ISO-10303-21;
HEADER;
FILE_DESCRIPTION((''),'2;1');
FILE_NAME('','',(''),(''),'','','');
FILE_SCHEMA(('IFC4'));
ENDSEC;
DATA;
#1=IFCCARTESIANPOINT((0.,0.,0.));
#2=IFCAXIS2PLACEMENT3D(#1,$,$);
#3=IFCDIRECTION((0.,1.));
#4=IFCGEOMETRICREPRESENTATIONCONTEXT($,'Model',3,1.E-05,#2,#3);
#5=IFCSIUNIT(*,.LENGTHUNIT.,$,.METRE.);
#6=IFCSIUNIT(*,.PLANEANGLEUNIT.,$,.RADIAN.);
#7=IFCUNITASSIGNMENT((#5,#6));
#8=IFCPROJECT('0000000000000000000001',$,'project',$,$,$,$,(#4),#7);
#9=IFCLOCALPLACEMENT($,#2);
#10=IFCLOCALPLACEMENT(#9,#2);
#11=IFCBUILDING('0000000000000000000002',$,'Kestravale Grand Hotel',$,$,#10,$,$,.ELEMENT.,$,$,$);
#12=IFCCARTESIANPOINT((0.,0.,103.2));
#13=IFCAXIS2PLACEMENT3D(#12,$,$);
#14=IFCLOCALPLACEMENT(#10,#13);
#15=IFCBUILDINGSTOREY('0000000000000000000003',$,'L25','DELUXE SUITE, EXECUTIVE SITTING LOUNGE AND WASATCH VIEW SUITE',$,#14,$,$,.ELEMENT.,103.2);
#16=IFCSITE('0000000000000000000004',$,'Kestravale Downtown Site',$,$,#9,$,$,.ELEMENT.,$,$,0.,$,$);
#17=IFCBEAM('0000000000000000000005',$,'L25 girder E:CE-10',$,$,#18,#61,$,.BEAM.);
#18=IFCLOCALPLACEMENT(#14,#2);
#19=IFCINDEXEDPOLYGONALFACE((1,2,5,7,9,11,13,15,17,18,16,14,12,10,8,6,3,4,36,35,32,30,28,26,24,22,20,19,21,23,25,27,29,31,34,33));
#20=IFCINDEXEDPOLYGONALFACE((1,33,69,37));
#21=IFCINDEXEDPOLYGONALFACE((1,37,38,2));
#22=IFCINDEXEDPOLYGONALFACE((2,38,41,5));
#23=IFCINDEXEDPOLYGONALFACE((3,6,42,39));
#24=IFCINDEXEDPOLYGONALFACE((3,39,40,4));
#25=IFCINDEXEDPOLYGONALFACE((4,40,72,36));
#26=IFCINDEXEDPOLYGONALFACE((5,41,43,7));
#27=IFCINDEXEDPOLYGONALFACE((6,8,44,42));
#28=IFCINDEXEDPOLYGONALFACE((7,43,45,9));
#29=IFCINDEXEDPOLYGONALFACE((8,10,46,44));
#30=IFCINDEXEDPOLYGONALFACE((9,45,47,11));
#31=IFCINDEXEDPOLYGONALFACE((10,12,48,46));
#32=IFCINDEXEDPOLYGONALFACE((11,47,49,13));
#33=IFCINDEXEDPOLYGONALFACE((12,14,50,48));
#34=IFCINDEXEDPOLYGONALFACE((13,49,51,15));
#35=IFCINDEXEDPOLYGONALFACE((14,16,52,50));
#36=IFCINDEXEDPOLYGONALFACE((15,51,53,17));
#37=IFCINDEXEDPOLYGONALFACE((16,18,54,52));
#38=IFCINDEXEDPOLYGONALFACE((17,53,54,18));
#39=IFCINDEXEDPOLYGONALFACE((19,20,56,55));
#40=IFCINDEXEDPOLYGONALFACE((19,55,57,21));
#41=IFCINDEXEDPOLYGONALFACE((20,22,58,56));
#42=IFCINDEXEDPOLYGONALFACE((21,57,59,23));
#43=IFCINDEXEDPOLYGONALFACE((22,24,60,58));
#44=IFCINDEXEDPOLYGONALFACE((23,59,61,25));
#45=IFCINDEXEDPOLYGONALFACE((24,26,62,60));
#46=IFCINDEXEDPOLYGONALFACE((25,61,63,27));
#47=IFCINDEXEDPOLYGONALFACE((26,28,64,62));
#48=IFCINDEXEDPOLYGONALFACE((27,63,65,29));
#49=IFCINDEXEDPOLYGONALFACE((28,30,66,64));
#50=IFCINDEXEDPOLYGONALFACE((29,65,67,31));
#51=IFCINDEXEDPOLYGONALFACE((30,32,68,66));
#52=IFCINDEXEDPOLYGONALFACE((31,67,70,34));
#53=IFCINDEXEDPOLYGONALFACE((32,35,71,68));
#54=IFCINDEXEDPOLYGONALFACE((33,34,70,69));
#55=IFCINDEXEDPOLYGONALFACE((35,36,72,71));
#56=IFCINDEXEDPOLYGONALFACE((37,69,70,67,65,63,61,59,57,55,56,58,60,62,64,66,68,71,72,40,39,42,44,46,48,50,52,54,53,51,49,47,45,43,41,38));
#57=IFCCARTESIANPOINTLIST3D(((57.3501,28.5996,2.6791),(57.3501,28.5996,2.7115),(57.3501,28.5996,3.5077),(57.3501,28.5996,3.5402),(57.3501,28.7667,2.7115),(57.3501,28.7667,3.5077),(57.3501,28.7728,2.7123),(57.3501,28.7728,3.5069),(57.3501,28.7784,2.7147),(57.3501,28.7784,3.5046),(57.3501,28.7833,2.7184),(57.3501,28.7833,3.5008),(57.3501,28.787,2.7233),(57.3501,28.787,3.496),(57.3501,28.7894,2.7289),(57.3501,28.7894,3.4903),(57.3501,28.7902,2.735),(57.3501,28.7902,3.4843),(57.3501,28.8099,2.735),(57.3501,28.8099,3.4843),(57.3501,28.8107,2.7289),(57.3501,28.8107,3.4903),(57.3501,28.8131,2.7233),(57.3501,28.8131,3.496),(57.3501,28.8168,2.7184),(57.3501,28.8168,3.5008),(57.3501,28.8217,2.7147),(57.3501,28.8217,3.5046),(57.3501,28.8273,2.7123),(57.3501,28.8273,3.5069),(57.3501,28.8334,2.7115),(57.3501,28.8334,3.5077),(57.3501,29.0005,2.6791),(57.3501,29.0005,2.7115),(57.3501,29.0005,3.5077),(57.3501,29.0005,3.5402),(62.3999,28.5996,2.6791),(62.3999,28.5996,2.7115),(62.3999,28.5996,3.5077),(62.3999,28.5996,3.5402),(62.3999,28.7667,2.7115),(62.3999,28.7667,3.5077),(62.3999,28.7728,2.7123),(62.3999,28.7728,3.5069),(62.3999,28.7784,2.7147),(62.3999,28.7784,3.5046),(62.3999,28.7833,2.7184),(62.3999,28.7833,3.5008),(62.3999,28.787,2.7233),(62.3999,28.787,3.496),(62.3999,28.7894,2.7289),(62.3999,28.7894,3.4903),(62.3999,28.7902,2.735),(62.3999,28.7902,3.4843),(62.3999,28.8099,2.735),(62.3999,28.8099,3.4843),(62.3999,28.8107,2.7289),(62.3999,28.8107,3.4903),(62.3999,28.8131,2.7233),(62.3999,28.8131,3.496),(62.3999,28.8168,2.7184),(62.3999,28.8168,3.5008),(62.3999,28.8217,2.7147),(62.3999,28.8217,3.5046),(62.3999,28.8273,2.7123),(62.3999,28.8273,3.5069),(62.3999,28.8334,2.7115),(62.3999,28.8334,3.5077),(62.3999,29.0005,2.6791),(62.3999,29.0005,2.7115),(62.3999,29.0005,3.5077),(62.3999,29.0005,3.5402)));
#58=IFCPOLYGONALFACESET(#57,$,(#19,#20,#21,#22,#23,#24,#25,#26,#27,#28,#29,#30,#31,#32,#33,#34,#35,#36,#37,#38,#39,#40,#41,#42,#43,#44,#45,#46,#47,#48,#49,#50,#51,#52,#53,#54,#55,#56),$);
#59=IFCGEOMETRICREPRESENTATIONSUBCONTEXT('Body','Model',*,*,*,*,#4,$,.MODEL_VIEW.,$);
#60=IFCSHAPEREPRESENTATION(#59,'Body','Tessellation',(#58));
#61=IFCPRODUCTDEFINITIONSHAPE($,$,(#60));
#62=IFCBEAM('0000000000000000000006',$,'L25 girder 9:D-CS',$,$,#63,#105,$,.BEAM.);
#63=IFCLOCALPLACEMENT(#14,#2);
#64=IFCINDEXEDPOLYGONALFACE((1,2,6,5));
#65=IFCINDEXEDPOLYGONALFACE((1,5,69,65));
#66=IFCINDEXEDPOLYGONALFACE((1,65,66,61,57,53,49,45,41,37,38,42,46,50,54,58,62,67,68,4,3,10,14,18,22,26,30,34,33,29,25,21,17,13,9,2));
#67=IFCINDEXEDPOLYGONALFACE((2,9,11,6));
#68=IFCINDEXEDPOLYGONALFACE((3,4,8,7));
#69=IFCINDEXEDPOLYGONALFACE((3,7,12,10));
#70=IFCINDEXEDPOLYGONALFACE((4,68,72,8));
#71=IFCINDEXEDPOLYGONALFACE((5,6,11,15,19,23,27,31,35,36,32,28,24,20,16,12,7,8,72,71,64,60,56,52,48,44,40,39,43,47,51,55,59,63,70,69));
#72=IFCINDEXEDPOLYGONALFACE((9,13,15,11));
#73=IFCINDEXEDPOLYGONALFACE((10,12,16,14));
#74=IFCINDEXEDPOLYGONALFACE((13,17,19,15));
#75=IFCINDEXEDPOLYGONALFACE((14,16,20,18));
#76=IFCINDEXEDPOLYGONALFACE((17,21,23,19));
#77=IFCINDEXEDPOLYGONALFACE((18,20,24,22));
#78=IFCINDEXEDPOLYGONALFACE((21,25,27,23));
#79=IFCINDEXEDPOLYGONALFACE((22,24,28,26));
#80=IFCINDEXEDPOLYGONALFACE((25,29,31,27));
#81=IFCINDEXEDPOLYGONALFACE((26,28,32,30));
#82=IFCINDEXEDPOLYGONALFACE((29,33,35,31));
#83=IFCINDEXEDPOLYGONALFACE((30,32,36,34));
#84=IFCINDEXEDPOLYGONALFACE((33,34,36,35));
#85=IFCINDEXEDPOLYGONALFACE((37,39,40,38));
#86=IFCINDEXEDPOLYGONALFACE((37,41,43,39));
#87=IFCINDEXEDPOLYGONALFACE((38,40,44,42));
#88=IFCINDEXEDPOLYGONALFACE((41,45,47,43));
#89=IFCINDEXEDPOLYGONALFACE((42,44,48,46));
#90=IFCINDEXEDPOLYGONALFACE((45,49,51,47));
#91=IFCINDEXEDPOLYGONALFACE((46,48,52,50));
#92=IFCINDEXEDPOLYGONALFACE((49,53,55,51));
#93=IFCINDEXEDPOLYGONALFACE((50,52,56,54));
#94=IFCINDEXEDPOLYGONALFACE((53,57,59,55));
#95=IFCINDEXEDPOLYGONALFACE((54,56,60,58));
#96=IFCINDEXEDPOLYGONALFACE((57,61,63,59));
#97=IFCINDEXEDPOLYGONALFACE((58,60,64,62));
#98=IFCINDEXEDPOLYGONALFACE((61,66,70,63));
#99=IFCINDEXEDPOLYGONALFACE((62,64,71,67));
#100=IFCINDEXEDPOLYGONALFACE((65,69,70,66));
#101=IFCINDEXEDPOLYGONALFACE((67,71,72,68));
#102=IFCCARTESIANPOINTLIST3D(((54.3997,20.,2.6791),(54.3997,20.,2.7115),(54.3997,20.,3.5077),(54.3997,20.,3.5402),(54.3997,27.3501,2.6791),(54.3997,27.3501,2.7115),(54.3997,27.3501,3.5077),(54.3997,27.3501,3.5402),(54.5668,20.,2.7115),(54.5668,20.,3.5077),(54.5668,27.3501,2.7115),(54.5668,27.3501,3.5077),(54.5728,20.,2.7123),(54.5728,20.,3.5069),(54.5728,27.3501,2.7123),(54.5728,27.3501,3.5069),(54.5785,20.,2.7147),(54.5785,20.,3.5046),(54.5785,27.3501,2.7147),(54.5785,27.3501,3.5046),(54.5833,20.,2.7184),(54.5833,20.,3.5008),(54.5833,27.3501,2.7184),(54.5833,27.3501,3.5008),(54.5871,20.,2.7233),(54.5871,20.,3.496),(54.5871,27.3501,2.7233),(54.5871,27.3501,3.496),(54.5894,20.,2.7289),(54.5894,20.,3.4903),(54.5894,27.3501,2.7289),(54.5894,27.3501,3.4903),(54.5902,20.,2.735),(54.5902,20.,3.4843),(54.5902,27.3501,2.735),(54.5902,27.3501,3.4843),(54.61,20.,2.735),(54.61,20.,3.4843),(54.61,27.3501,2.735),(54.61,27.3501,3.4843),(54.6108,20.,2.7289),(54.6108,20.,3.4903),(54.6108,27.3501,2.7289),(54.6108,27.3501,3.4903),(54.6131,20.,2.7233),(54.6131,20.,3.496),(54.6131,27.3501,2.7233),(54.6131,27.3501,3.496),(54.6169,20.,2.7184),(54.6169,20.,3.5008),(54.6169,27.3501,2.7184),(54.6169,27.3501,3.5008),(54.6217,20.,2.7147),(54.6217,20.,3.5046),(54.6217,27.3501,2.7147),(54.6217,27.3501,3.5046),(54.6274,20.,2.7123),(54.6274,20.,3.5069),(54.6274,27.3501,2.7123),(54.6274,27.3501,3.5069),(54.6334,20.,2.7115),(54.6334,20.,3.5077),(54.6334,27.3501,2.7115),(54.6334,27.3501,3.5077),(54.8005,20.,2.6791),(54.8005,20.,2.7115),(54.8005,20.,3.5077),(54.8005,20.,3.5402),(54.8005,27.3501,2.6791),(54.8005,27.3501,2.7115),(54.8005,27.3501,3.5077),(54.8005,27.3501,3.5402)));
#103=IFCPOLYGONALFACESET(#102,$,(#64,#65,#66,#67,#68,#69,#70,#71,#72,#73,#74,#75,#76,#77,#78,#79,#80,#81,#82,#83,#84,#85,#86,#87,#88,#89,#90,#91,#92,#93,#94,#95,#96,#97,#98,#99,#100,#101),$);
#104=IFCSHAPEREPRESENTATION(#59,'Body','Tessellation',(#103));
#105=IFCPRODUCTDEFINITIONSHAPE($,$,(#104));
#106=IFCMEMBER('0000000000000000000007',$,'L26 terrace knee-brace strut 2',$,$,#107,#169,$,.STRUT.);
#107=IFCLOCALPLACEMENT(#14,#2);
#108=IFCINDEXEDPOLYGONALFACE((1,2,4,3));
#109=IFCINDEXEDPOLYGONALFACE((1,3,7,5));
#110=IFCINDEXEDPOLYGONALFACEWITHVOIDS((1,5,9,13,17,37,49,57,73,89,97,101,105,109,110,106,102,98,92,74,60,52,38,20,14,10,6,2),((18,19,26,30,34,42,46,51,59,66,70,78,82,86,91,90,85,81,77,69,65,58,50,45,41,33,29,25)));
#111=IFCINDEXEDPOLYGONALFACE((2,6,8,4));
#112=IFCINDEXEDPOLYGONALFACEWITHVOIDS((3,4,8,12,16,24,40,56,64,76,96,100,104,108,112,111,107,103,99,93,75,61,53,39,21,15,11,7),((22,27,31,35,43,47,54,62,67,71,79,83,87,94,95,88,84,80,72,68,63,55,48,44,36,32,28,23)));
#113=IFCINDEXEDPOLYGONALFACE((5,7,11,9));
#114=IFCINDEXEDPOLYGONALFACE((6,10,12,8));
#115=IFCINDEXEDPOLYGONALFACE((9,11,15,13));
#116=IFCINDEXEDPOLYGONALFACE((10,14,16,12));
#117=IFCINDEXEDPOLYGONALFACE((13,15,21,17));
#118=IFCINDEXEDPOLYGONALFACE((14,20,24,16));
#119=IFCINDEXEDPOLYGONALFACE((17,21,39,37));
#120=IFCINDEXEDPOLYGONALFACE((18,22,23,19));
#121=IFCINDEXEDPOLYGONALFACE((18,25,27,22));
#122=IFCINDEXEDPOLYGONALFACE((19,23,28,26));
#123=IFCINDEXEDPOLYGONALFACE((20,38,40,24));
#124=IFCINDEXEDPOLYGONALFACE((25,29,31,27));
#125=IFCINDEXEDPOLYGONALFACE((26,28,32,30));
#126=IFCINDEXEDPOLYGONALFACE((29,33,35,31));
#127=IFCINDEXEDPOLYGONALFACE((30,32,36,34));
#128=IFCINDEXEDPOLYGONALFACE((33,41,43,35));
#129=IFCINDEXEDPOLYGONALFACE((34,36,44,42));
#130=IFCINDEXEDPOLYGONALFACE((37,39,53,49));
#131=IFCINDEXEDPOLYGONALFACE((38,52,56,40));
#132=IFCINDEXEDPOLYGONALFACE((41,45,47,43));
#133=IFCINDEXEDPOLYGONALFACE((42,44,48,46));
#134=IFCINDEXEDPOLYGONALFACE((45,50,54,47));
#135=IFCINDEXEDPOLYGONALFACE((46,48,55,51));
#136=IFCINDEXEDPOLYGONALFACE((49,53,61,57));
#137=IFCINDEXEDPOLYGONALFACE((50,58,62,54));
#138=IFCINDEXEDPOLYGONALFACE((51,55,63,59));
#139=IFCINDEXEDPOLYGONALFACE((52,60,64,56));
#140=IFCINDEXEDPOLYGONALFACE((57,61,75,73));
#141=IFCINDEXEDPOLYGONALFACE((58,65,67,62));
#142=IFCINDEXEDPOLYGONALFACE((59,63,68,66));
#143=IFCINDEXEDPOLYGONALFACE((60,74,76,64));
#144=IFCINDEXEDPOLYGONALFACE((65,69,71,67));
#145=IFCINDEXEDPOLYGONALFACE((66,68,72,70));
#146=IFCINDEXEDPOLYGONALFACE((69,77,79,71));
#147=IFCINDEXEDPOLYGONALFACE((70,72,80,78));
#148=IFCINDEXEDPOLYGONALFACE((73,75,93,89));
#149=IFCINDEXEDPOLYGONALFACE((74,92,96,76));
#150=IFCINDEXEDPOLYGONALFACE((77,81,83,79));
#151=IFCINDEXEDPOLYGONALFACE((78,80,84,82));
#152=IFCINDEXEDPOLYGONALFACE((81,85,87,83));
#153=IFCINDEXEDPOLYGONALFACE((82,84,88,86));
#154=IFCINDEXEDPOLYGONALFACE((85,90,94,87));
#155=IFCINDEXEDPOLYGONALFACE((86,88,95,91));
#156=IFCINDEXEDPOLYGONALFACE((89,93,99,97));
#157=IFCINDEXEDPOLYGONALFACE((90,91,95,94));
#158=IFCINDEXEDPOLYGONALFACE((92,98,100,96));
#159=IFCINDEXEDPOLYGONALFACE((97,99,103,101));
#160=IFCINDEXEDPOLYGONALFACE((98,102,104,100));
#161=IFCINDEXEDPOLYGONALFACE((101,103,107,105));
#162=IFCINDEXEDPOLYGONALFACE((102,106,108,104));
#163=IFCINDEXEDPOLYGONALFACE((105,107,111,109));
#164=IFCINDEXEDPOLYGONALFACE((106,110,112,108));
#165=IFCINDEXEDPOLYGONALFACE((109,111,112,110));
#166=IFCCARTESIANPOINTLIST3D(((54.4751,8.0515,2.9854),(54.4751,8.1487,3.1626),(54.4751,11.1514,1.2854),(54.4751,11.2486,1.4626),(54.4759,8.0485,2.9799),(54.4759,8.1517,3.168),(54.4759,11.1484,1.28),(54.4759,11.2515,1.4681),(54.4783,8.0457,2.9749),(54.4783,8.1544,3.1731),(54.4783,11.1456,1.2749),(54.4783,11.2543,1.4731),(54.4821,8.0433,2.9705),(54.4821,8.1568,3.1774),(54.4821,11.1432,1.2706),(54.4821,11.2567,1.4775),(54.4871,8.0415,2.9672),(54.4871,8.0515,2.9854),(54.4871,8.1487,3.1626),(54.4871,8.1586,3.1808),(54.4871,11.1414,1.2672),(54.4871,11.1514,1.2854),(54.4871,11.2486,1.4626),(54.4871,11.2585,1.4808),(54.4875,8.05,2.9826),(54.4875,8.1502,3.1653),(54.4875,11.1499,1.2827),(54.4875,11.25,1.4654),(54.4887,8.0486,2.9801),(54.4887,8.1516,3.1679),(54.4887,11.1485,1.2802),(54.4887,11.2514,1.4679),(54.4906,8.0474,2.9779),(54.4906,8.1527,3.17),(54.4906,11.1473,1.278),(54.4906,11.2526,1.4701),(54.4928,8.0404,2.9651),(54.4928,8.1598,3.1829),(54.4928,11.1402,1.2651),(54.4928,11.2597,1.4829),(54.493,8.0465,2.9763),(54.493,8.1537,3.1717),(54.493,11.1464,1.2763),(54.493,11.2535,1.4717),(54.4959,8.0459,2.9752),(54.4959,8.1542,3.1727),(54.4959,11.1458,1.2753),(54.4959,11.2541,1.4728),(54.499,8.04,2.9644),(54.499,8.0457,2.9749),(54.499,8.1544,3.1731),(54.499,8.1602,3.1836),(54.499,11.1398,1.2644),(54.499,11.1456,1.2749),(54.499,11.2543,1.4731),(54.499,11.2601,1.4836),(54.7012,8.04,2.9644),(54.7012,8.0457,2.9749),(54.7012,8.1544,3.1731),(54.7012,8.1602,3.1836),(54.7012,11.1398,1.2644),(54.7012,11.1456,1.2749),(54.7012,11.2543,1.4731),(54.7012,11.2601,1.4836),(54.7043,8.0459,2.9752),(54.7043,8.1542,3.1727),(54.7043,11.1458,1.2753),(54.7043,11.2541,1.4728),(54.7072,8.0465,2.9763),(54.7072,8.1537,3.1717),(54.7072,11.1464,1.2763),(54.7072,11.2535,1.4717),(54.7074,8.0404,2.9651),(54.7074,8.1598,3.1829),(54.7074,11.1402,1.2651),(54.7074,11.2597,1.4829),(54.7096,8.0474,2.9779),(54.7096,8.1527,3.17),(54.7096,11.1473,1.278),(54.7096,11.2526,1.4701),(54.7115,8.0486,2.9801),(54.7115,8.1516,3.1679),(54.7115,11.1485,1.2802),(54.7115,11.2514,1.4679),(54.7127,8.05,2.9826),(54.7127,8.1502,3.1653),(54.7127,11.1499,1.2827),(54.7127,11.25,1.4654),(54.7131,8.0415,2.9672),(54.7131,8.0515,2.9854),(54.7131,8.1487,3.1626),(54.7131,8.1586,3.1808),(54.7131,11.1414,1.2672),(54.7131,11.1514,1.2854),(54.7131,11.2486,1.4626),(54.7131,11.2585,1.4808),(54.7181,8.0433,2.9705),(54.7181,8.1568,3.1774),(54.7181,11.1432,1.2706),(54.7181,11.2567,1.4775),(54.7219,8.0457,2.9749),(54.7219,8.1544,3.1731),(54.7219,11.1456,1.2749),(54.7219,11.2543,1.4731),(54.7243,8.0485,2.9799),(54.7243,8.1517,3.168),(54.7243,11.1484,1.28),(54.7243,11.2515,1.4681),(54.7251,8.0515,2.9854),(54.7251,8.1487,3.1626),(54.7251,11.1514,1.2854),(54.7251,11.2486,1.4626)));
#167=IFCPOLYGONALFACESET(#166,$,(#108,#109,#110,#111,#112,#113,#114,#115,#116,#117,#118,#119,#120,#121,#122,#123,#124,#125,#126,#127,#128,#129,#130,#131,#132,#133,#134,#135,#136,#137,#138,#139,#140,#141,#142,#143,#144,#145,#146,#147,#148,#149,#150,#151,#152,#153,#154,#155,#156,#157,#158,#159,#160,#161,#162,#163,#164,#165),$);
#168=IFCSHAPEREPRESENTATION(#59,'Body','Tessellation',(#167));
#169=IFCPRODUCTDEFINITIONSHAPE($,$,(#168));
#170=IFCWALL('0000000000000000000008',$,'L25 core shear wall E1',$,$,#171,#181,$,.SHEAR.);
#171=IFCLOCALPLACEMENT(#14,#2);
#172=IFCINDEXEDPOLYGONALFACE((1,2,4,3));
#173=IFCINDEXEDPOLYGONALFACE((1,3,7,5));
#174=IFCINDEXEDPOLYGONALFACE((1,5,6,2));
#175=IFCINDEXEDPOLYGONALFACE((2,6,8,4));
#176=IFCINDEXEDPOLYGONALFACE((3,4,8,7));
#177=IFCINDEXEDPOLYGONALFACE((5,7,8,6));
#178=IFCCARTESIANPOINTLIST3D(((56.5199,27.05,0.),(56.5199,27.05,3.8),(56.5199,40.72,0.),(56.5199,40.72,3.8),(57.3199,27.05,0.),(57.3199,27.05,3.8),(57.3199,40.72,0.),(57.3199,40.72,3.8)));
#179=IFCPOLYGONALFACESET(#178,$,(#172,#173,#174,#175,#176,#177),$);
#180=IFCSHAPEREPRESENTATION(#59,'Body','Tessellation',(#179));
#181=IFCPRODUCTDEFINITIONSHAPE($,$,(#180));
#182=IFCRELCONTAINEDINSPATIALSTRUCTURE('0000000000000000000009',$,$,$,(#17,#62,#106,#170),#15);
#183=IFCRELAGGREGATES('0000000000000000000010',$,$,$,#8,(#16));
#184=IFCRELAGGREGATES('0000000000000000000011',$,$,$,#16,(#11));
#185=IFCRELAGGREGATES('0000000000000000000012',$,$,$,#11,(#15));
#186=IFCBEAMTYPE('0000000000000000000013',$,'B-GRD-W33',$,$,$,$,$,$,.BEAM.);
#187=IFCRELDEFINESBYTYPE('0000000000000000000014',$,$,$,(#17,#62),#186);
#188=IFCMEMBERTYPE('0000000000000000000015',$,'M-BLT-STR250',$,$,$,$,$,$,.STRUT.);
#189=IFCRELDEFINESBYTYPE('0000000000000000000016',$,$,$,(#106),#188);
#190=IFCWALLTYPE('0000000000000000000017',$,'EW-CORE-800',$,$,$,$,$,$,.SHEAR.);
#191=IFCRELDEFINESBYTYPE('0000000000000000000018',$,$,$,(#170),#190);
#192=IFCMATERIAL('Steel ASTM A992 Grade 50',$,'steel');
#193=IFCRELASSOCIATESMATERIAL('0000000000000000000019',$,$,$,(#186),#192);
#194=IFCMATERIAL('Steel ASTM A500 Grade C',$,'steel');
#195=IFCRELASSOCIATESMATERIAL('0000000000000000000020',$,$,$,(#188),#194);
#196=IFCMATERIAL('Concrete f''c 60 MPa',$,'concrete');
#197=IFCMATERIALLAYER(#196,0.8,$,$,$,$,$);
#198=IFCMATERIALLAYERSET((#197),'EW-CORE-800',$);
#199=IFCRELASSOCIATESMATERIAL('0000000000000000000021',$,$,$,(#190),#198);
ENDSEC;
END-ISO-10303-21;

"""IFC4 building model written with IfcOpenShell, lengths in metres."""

from ifc_helpers import new_model, si_unit, direction, frame, frame_2d, origin, origin_2d, place, context, subcontext, project, spatial, rectangle, hollow_rectangle, i_section, extrude, material, layer, layer_set, material_profile, profile_set, type_object, element, save


model = new_model("IFC4")

# Units and contexts
model_context = context("Model", 3, precision=1e-05, world=origin(), true_north=direction((0.0, 1.0)))
body_context = subcontext(model_context, "Body", "Model", "MODEL_VIEW")
ifc_project = project(units=[si_unit("LENGTHUNIT", "METRE"), si_unit("PLANEANGLEUNIT", "RADIAN")], contexts=[model_context])

# Site, building, storey
site_placement = place(None, origin())
site = spatial("IfcSite", under=ifc_project, at=site_placement, Name="Kestravale Downtown Site", CompositionType="ELEMENT", RefElevation=0.0)
building_placement = place(site_placement, origin())
building = spatial("IfcBuilding", under=site, at=building_placement, Name="Kestravale Grand Hotel", CompositionType="ELEMENT")
storey_placement = place(building_placement, frame((0.0, 0.0, 103.2)))
storey = spatial("IfcBuildingStorey", under=building, at=storey_placement, Name="L25", Description="DELUXE SUITE, EXECUTIVE SITTING LOUNGE AND WASATCH VIEW SUITE", CompositionType="ELEMENT", Elevation=103.2)

# Beams
ifc_material_1 = material(Name="Steel ASTM A992 Grade 50", Category="steel")
ifc_material_profile_1 = material_profile(ifc_material_1, i_section(OverallWidth=0.4009, OverallDepth=0.8611, WebThickness=0.0198, FlangeThickness=0.0325, FilletRadius=0.0234, at=origin_2d()))
ifc_profile_set_1 = profile_set([ifc_material_profile_1], Name="Steel ASTM A992 Grade 50")
beam_type_1 = type_object("IfcBeamType", Name="B-GRD-W33", PredefinedType="BEAM", material=ifc_profile_set_1)
beam_1_placement = place(storey_placement, frame((57.3501, 28.8, 3.1096), z_axis=(1.0, 0.0, 0.0), x_axis=(0.0, 1.0, 0.0)))
element("IfcBeam", 1, at=beam_1_placement, inside=storey, type_object=beam_type_1, Name="L25 girder E:CE-10", PredefinedType="BEAM", context=body_context, shape_type="SweptSolid", body=[
    extrude(i_section(OverallWidth=0.4009, OverallDepth=0.8611, WebThickness=0.0198, FlangeThickness=0.0325, FilletRadius=0.0234, at=origin_2d()), origin(), (0.0, 0.0, 1.0), 5.0498),
])
beam_2_placement = place(storey_placement, frame((54.6001, 20.0, 3.1096), z_axis=(0.0, 1.0, 0.0), x_axis=(-1.0, 0.0, 0.0)))
element("IfcBeam", 2, at=beam_2_placement, inside=storey, type_object=beam_type_1, Name="L25 girder 9:D-CS", PredefinedType="BEAM", context=body_context, shape_type="SweptSolid", body=[
    extrude(i_section(OverallWidth=0.4009, OverallDepth=0.8611, WebThickness=0.0198, FlangeThickness=0.0325, FilletRadius=0.0234, at=origin_2d()), origin(), (0.0, 0.0, 1.0), 7.3501),
])

# Member
ifc_material_2 = material(Name="Steel ASTM A500 Grade C", Category="steel")
ifc_material_profile_2 = material_profile(ifc_material_2, hollow_rectangle(XDim=0.25, YDim=0.25, WallThickness=0.012, InnerFilletRadius=0.012, OuterFilletRadius=0.0239, at=origin_2d()))
ifc_profile_set_2 = profile_set([ifc_material_profile_2], Name="Steel ASTM A500 Grade C")
member_type = type_object("IfcMemberType", Name="M-BLT-STR250", PredefinedType="STRUT", material=ifc_profile_set_2)
member_placement = place(storey_placement, frame((54.6001, 11.2, 1.374), z_axis=(0.0, -0.876809, 0.480839), x_axis=(1.0, 0.0, 0.0)))
element("IfcMember", 3, at=member_placement, inside=storey, type_object=member_type, Name="L26 terrace knee-brace strut 2", PredefinedType="STRUT", context=body_context, shape_type="SweptSolid", body=[
    extrude(hollow_rectangle(XDim=0.25, YDim=0.25, WallThickness=0.012, InnerFilletRadius=0.012, OuterFilletRadius=0.0239, at=origin_2d()), origin(), (0.0, 0.0, 1.0), 3.5354),
])

# Wall
ifc_material_3 = material(Name="Concrete f'c 60 MPa", Category="concrete")
ifc_layer_1 = layer(ifc_material_3, 0.8)
ifc_layer_set_1 = layer_set([ifc_layer_1], Name="EW-CORE-800")
wall_type_1 = type_object("IfcWallType", Name="EW-CORE-800", PredefinedType="SHEAR", material=ifc_layer_set_1)
wall_1_placement = place(storey_placement, frame((56.9199, 27.05, 0.0), z_axis=(0.0, 0.0, 1.0), x_axis=(0.0, 1.0, 0.0)))
element("IfcWall", 4, at=wall_1_placement, inside=storey, type_object=wall_type_1, Name="L25 core shear wall E1", PredefinedType="SHEAR", context=body_context, shape_type="SweptSolid", body=[
    extrude(rectangle(XDim=13.6699, YDim=0.8, at=frame_2d((6.835, 0.0))), origin(), (0.0, 0.0, 1.0), 3.8),
])

save(model, "model.ifc")
